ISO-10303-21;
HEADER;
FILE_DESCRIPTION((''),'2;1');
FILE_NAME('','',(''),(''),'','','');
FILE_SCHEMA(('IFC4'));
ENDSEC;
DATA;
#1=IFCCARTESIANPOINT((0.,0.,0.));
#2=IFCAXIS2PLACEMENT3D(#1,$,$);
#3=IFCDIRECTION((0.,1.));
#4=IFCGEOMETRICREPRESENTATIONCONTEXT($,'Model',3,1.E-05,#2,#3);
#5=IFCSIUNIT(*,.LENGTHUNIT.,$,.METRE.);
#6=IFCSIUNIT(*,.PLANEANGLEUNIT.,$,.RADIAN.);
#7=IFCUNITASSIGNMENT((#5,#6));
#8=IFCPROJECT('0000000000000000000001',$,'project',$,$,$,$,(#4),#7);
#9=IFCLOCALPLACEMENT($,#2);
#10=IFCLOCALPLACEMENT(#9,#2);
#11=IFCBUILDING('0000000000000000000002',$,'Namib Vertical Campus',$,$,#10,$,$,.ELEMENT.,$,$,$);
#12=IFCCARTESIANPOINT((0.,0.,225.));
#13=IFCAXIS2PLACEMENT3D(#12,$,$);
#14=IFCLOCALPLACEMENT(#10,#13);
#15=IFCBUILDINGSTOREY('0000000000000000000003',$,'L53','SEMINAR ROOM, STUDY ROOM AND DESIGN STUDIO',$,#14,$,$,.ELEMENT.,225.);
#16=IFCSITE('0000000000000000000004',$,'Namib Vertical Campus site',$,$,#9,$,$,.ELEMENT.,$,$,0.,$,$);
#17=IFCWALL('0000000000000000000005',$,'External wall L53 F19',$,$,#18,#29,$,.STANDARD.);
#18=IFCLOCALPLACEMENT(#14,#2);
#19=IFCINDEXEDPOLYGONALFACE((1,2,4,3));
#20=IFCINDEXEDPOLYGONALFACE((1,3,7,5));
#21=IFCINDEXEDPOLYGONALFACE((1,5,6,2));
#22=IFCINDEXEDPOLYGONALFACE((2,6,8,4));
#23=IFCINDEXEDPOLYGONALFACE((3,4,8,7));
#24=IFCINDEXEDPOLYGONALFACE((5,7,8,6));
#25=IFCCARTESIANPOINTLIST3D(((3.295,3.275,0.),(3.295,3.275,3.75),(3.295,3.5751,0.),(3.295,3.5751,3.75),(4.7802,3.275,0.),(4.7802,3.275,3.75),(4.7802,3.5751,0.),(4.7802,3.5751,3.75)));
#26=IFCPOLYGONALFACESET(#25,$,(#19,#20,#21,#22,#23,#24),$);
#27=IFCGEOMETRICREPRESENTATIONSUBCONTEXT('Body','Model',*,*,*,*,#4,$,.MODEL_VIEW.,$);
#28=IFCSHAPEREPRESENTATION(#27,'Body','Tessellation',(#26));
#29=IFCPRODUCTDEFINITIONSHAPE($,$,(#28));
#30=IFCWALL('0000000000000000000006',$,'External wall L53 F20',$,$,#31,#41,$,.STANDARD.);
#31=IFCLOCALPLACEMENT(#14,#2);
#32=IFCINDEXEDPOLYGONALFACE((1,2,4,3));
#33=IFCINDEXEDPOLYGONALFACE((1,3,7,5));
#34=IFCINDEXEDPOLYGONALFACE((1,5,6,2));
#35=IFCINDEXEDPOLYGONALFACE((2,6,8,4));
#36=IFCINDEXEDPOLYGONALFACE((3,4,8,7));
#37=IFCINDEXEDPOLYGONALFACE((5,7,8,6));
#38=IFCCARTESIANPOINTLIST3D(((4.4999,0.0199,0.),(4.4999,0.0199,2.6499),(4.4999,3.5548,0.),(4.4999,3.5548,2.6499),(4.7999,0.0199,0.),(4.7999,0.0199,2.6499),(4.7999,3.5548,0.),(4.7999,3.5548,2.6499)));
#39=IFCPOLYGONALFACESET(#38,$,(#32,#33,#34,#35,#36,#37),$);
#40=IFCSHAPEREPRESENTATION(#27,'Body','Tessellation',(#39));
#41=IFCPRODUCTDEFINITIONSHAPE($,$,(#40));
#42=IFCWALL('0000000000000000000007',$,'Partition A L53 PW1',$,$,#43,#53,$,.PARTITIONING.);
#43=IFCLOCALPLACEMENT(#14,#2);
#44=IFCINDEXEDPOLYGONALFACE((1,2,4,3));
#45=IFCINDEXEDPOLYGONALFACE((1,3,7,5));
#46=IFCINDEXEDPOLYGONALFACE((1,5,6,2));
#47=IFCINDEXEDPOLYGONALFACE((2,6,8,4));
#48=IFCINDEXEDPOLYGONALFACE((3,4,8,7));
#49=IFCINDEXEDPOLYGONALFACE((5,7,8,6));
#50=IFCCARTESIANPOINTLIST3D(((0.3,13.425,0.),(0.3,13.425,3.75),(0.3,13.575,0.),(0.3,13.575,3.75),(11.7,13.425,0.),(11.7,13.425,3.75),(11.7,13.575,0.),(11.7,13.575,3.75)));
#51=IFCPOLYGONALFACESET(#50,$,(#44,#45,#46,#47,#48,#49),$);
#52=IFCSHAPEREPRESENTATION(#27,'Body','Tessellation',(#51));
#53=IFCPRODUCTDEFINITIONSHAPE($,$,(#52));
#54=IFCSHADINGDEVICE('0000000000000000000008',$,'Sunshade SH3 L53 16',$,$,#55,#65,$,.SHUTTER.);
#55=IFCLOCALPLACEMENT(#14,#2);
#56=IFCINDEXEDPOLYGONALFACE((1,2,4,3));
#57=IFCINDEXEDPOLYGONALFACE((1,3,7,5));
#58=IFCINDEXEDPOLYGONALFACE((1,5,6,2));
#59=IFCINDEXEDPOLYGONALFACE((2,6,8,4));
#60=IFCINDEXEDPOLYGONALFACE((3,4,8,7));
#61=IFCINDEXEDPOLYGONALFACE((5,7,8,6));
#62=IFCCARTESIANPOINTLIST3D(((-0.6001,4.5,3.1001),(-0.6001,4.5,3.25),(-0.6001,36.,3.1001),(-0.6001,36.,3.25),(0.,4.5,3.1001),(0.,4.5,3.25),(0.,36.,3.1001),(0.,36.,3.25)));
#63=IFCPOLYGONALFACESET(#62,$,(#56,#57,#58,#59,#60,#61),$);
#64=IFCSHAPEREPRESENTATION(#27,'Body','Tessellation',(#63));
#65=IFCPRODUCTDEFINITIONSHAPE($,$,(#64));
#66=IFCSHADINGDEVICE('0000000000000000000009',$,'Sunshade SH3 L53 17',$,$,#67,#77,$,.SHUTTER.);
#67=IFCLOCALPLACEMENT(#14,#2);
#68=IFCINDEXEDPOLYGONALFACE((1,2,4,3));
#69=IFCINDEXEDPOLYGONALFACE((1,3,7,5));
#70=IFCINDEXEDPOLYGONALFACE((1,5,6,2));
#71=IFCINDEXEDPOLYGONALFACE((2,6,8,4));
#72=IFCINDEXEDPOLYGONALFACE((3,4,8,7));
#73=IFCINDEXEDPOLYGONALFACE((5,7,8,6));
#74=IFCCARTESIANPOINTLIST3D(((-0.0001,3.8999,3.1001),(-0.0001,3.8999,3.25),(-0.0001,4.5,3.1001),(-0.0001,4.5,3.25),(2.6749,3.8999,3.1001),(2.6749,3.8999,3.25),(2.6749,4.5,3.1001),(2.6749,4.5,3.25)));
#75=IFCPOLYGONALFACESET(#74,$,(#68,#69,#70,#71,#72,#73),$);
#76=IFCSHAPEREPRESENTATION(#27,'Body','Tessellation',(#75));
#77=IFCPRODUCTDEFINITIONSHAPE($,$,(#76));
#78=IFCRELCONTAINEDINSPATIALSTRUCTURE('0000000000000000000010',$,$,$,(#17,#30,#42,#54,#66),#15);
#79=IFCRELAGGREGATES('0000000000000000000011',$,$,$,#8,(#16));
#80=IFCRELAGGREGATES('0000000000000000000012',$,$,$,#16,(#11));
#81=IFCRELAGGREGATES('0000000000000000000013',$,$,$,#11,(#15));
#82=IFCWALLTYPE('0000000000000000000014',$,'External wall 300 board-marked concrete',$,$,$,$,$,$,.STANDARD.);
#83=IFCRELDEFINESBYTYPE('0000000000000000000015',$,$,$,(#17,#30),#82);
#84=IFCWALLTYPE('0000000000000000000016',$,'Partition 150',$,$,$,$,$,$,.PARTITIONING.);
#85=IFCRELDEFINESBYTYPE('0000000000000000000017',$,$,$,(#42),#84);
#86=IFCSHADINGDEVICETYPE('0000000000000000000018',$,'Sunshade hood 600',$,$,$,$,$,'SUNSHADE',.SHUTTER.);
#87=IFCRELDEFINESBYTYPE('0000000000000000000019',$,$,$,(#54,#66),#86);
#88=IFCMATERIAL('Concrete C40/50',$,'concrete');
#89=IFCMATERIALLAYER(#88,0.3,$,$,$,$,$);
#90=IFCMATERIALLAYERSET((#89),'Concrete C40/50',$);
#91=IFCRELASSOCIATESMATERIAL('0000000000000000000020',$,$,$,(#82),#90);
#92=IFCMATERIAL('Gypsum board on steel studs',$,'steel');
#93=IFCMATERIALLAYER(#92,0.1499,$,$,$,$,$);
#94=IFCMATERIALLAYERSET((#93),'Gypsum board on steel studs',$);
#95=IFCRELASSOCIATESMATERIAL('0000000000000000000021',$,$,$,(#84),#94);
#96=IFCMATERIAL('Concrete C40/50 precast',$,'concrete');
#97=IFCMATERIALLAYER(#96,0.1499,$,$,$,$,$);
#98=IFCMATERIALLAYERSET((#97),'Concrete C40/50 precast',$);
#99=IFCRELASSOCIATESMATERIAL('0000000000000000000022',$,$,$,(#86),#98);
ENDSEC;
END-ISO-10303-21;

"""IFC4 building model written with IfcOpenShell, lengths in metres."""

from ifc_helpers import new_model, si_unit, direction, frame, frame_2d, origin, origin_2d, place, context, subcontext, project, spatial, rectangle, extrude, material, layer, layer_set, type_object, element, save


model = new_model("IFC4")

# Units and contexts
model_context = context("Model", 3, precision=1e-05, world=origin(), true_north=direction((0.0, 1.0)))
body_context = subcontext(model_context, "Body", "Model", "MODEL_VIEW")
ifc_project = project(units=[si_unit("LENGTHUNIT", "METRE"), si_unit("PLANEANGLEUNIT", "RADIAN")], contexts=[model_context])

# Site, building, storey
site_placement = place(None, origin())
site = spatial("IfcSite", under=ifc_project, at=site_placement, Name="Namib Vertical Campus site", CompositionType="ELEMENT", RefElevation=0.0)
building_placement = place(site_placement, origin())
building = spatial("IfcBuilding", under=site, at=building_placement, Name="Namib Vertical Campus", CompositionType="ELEMENT")
storey_placement = place(building_placement, frame((0.0, 0.0, 225.0)))
storey = spatial("IfcBuildingStorey", under=building, at=storey_placement, Name="L53", Description="SEMINAR ROOM, STUDY ROOM AND DESIGN STUDIO", CompositionType="ELEMENT", Elevation=225.0)

# Walls
ifc_material_1 = material(Name="Concrete C40/50", Category="concrete")
ifc_layer_1 = layer(ifc_material_1, 0.3)
ifc_layer_set_1 = layer_set([ifc_layer_1], Name="Concrete C40/50")
wall_type_1 = type_object("IfcWallType", Name="External wall 300 board-marked concrete", PredefinedType="STANDARD", material=ifc_layer_set_1)
for number, where, z_axis, x_axis, name in (
    (1, (3.2949, 3.425, 0.0), (0.0, 0.0, 1.0), (1.0, 0.0, 0.0), "External wall L53 F19"),
):
    element("IfcWall", number, at=place(storey_placement, frame(where, z_axis=z_axis, x_axis=x_axis)), inside=storey, type_object=wall_type_1, Name=name, PredefinedType="STANDARD", context=body_context, shape_type="SweptSolid", body=[
        extrude(rectangle(XDim=1.4851, YDim=0.3, at=frame_2d((0.7427, 0.0))), origin(), (0.0, 0.0, 1.0), 3.75),
    ])
wall_1_placement = place(storey_placement, frame((4.6499, 3.5549, 0.0), z_axis=(0.0, 0.0, 1.0), x_axis=(0.0, -1.0, 0.0)))
element("IfcWall", 2, at=wall_1_placement, inside=storey, type_object=wall_type_1, Name="External wall L53 F20", PredefinedType="STANDARD", context=body_context, shape_type="SweptSolid", body=[
    extrude(rectangle(XDim=3.5349, YDim=0.3, at=frame_2d((1.7676, 0.0))), origin(), (0.0, 0.0, 1.0), 2.6499),
])
ifc_material_2 = material(Name="Gypsum board on steel studs", Category="steel")
ifc_layer_2 = layer(ifc_material_2, 0.1499)
ifc_layer_set_2 = layer_set([ifc_layer_2], Name="Gypsum board on steel studs")
wall_type_2 = type_object("IfcWallType", Name="Partition 150", PredefinedType="PARTITIONING", material=ifc_layer_set_2)
wall_2_placement = place(storey_placement, frame((0.3, 13.5, 0.0), z_axis=(0.0, 0.0, 1.0), x_axis=(1.0, 0.0, 0.0)))
element("IfcWall", 3, at=wall_2_placement, inside=storey, type_object=wall_type_2, Name="Partition A L53 PW1", PredefinedType="PARTITIONING", context=body_context, shape_type="SweptSolid", body=[
    extrude(rectangle(XDim=11.3999, YDim=0.1499, at=frame_2d((5.7, 0.0))), origin(), (0.0, 0.0, 1.0), 3.75),
])

# Shading devices
ifc_material_3 = material(Name="Concrete C40/50 precast", Category="concrete")
ifc_layer_3 = layer(ifc_material_3, 0.1499)
ifc_layer_set_3 = layer_set([ifc_layer_3], Name="Concrete C40/50 precast")
shading_device_type = type_object("IfcShadingDeviceType", Name="Sunshade hood 600", ElementType="SUNSHADE", PredefinedType="SHUTTER", material=ifc_layer_set_3)
shading_device_1_placement = place(storey_placement, frame((-0.3, 20.25, 3.1001), z_axis=(0.0, 0.0, 1.0), x_axis=(0.0, -1.0, 0.0)))
element("IfcShadingDevice", 4, at=shading_device_1_placement, inside=storey, type_object=shading_device_type, Name="Sunshade SH3 L53 16", PredefinedType="SHUTTER", context=body_context, shape_type="SweptSolid", body=[
    extrude(rectangle(XDim=31.5, YDim=0.6001, at=origin_2d()), origin(), (0.0, 0.0, 1.0), 0.1499),
])
shading_device_2_placement = place(storey_placement, frame((1.3374, 4.2, 3.1001), z_axis=(0.0, 0.0, 1.0), x_axis=(1.0, 0.0, 0.0)))
element("IfcShadingDevice", 5, at=shading_device_2_placement, inside=storey, type_object=shading_device_type, Name="Sunshade SH3 L53 17", PredefinedType="SHUTTER", context=body_context, shape_type="SweptSolid", body=[
    extrude(rectangle(XDim=2.675, YDim=0.6001, at=origin_2d()), origin(), (0.0, 0.0, 1.0), 0.1499),
])

save(model, "model.ifc")
